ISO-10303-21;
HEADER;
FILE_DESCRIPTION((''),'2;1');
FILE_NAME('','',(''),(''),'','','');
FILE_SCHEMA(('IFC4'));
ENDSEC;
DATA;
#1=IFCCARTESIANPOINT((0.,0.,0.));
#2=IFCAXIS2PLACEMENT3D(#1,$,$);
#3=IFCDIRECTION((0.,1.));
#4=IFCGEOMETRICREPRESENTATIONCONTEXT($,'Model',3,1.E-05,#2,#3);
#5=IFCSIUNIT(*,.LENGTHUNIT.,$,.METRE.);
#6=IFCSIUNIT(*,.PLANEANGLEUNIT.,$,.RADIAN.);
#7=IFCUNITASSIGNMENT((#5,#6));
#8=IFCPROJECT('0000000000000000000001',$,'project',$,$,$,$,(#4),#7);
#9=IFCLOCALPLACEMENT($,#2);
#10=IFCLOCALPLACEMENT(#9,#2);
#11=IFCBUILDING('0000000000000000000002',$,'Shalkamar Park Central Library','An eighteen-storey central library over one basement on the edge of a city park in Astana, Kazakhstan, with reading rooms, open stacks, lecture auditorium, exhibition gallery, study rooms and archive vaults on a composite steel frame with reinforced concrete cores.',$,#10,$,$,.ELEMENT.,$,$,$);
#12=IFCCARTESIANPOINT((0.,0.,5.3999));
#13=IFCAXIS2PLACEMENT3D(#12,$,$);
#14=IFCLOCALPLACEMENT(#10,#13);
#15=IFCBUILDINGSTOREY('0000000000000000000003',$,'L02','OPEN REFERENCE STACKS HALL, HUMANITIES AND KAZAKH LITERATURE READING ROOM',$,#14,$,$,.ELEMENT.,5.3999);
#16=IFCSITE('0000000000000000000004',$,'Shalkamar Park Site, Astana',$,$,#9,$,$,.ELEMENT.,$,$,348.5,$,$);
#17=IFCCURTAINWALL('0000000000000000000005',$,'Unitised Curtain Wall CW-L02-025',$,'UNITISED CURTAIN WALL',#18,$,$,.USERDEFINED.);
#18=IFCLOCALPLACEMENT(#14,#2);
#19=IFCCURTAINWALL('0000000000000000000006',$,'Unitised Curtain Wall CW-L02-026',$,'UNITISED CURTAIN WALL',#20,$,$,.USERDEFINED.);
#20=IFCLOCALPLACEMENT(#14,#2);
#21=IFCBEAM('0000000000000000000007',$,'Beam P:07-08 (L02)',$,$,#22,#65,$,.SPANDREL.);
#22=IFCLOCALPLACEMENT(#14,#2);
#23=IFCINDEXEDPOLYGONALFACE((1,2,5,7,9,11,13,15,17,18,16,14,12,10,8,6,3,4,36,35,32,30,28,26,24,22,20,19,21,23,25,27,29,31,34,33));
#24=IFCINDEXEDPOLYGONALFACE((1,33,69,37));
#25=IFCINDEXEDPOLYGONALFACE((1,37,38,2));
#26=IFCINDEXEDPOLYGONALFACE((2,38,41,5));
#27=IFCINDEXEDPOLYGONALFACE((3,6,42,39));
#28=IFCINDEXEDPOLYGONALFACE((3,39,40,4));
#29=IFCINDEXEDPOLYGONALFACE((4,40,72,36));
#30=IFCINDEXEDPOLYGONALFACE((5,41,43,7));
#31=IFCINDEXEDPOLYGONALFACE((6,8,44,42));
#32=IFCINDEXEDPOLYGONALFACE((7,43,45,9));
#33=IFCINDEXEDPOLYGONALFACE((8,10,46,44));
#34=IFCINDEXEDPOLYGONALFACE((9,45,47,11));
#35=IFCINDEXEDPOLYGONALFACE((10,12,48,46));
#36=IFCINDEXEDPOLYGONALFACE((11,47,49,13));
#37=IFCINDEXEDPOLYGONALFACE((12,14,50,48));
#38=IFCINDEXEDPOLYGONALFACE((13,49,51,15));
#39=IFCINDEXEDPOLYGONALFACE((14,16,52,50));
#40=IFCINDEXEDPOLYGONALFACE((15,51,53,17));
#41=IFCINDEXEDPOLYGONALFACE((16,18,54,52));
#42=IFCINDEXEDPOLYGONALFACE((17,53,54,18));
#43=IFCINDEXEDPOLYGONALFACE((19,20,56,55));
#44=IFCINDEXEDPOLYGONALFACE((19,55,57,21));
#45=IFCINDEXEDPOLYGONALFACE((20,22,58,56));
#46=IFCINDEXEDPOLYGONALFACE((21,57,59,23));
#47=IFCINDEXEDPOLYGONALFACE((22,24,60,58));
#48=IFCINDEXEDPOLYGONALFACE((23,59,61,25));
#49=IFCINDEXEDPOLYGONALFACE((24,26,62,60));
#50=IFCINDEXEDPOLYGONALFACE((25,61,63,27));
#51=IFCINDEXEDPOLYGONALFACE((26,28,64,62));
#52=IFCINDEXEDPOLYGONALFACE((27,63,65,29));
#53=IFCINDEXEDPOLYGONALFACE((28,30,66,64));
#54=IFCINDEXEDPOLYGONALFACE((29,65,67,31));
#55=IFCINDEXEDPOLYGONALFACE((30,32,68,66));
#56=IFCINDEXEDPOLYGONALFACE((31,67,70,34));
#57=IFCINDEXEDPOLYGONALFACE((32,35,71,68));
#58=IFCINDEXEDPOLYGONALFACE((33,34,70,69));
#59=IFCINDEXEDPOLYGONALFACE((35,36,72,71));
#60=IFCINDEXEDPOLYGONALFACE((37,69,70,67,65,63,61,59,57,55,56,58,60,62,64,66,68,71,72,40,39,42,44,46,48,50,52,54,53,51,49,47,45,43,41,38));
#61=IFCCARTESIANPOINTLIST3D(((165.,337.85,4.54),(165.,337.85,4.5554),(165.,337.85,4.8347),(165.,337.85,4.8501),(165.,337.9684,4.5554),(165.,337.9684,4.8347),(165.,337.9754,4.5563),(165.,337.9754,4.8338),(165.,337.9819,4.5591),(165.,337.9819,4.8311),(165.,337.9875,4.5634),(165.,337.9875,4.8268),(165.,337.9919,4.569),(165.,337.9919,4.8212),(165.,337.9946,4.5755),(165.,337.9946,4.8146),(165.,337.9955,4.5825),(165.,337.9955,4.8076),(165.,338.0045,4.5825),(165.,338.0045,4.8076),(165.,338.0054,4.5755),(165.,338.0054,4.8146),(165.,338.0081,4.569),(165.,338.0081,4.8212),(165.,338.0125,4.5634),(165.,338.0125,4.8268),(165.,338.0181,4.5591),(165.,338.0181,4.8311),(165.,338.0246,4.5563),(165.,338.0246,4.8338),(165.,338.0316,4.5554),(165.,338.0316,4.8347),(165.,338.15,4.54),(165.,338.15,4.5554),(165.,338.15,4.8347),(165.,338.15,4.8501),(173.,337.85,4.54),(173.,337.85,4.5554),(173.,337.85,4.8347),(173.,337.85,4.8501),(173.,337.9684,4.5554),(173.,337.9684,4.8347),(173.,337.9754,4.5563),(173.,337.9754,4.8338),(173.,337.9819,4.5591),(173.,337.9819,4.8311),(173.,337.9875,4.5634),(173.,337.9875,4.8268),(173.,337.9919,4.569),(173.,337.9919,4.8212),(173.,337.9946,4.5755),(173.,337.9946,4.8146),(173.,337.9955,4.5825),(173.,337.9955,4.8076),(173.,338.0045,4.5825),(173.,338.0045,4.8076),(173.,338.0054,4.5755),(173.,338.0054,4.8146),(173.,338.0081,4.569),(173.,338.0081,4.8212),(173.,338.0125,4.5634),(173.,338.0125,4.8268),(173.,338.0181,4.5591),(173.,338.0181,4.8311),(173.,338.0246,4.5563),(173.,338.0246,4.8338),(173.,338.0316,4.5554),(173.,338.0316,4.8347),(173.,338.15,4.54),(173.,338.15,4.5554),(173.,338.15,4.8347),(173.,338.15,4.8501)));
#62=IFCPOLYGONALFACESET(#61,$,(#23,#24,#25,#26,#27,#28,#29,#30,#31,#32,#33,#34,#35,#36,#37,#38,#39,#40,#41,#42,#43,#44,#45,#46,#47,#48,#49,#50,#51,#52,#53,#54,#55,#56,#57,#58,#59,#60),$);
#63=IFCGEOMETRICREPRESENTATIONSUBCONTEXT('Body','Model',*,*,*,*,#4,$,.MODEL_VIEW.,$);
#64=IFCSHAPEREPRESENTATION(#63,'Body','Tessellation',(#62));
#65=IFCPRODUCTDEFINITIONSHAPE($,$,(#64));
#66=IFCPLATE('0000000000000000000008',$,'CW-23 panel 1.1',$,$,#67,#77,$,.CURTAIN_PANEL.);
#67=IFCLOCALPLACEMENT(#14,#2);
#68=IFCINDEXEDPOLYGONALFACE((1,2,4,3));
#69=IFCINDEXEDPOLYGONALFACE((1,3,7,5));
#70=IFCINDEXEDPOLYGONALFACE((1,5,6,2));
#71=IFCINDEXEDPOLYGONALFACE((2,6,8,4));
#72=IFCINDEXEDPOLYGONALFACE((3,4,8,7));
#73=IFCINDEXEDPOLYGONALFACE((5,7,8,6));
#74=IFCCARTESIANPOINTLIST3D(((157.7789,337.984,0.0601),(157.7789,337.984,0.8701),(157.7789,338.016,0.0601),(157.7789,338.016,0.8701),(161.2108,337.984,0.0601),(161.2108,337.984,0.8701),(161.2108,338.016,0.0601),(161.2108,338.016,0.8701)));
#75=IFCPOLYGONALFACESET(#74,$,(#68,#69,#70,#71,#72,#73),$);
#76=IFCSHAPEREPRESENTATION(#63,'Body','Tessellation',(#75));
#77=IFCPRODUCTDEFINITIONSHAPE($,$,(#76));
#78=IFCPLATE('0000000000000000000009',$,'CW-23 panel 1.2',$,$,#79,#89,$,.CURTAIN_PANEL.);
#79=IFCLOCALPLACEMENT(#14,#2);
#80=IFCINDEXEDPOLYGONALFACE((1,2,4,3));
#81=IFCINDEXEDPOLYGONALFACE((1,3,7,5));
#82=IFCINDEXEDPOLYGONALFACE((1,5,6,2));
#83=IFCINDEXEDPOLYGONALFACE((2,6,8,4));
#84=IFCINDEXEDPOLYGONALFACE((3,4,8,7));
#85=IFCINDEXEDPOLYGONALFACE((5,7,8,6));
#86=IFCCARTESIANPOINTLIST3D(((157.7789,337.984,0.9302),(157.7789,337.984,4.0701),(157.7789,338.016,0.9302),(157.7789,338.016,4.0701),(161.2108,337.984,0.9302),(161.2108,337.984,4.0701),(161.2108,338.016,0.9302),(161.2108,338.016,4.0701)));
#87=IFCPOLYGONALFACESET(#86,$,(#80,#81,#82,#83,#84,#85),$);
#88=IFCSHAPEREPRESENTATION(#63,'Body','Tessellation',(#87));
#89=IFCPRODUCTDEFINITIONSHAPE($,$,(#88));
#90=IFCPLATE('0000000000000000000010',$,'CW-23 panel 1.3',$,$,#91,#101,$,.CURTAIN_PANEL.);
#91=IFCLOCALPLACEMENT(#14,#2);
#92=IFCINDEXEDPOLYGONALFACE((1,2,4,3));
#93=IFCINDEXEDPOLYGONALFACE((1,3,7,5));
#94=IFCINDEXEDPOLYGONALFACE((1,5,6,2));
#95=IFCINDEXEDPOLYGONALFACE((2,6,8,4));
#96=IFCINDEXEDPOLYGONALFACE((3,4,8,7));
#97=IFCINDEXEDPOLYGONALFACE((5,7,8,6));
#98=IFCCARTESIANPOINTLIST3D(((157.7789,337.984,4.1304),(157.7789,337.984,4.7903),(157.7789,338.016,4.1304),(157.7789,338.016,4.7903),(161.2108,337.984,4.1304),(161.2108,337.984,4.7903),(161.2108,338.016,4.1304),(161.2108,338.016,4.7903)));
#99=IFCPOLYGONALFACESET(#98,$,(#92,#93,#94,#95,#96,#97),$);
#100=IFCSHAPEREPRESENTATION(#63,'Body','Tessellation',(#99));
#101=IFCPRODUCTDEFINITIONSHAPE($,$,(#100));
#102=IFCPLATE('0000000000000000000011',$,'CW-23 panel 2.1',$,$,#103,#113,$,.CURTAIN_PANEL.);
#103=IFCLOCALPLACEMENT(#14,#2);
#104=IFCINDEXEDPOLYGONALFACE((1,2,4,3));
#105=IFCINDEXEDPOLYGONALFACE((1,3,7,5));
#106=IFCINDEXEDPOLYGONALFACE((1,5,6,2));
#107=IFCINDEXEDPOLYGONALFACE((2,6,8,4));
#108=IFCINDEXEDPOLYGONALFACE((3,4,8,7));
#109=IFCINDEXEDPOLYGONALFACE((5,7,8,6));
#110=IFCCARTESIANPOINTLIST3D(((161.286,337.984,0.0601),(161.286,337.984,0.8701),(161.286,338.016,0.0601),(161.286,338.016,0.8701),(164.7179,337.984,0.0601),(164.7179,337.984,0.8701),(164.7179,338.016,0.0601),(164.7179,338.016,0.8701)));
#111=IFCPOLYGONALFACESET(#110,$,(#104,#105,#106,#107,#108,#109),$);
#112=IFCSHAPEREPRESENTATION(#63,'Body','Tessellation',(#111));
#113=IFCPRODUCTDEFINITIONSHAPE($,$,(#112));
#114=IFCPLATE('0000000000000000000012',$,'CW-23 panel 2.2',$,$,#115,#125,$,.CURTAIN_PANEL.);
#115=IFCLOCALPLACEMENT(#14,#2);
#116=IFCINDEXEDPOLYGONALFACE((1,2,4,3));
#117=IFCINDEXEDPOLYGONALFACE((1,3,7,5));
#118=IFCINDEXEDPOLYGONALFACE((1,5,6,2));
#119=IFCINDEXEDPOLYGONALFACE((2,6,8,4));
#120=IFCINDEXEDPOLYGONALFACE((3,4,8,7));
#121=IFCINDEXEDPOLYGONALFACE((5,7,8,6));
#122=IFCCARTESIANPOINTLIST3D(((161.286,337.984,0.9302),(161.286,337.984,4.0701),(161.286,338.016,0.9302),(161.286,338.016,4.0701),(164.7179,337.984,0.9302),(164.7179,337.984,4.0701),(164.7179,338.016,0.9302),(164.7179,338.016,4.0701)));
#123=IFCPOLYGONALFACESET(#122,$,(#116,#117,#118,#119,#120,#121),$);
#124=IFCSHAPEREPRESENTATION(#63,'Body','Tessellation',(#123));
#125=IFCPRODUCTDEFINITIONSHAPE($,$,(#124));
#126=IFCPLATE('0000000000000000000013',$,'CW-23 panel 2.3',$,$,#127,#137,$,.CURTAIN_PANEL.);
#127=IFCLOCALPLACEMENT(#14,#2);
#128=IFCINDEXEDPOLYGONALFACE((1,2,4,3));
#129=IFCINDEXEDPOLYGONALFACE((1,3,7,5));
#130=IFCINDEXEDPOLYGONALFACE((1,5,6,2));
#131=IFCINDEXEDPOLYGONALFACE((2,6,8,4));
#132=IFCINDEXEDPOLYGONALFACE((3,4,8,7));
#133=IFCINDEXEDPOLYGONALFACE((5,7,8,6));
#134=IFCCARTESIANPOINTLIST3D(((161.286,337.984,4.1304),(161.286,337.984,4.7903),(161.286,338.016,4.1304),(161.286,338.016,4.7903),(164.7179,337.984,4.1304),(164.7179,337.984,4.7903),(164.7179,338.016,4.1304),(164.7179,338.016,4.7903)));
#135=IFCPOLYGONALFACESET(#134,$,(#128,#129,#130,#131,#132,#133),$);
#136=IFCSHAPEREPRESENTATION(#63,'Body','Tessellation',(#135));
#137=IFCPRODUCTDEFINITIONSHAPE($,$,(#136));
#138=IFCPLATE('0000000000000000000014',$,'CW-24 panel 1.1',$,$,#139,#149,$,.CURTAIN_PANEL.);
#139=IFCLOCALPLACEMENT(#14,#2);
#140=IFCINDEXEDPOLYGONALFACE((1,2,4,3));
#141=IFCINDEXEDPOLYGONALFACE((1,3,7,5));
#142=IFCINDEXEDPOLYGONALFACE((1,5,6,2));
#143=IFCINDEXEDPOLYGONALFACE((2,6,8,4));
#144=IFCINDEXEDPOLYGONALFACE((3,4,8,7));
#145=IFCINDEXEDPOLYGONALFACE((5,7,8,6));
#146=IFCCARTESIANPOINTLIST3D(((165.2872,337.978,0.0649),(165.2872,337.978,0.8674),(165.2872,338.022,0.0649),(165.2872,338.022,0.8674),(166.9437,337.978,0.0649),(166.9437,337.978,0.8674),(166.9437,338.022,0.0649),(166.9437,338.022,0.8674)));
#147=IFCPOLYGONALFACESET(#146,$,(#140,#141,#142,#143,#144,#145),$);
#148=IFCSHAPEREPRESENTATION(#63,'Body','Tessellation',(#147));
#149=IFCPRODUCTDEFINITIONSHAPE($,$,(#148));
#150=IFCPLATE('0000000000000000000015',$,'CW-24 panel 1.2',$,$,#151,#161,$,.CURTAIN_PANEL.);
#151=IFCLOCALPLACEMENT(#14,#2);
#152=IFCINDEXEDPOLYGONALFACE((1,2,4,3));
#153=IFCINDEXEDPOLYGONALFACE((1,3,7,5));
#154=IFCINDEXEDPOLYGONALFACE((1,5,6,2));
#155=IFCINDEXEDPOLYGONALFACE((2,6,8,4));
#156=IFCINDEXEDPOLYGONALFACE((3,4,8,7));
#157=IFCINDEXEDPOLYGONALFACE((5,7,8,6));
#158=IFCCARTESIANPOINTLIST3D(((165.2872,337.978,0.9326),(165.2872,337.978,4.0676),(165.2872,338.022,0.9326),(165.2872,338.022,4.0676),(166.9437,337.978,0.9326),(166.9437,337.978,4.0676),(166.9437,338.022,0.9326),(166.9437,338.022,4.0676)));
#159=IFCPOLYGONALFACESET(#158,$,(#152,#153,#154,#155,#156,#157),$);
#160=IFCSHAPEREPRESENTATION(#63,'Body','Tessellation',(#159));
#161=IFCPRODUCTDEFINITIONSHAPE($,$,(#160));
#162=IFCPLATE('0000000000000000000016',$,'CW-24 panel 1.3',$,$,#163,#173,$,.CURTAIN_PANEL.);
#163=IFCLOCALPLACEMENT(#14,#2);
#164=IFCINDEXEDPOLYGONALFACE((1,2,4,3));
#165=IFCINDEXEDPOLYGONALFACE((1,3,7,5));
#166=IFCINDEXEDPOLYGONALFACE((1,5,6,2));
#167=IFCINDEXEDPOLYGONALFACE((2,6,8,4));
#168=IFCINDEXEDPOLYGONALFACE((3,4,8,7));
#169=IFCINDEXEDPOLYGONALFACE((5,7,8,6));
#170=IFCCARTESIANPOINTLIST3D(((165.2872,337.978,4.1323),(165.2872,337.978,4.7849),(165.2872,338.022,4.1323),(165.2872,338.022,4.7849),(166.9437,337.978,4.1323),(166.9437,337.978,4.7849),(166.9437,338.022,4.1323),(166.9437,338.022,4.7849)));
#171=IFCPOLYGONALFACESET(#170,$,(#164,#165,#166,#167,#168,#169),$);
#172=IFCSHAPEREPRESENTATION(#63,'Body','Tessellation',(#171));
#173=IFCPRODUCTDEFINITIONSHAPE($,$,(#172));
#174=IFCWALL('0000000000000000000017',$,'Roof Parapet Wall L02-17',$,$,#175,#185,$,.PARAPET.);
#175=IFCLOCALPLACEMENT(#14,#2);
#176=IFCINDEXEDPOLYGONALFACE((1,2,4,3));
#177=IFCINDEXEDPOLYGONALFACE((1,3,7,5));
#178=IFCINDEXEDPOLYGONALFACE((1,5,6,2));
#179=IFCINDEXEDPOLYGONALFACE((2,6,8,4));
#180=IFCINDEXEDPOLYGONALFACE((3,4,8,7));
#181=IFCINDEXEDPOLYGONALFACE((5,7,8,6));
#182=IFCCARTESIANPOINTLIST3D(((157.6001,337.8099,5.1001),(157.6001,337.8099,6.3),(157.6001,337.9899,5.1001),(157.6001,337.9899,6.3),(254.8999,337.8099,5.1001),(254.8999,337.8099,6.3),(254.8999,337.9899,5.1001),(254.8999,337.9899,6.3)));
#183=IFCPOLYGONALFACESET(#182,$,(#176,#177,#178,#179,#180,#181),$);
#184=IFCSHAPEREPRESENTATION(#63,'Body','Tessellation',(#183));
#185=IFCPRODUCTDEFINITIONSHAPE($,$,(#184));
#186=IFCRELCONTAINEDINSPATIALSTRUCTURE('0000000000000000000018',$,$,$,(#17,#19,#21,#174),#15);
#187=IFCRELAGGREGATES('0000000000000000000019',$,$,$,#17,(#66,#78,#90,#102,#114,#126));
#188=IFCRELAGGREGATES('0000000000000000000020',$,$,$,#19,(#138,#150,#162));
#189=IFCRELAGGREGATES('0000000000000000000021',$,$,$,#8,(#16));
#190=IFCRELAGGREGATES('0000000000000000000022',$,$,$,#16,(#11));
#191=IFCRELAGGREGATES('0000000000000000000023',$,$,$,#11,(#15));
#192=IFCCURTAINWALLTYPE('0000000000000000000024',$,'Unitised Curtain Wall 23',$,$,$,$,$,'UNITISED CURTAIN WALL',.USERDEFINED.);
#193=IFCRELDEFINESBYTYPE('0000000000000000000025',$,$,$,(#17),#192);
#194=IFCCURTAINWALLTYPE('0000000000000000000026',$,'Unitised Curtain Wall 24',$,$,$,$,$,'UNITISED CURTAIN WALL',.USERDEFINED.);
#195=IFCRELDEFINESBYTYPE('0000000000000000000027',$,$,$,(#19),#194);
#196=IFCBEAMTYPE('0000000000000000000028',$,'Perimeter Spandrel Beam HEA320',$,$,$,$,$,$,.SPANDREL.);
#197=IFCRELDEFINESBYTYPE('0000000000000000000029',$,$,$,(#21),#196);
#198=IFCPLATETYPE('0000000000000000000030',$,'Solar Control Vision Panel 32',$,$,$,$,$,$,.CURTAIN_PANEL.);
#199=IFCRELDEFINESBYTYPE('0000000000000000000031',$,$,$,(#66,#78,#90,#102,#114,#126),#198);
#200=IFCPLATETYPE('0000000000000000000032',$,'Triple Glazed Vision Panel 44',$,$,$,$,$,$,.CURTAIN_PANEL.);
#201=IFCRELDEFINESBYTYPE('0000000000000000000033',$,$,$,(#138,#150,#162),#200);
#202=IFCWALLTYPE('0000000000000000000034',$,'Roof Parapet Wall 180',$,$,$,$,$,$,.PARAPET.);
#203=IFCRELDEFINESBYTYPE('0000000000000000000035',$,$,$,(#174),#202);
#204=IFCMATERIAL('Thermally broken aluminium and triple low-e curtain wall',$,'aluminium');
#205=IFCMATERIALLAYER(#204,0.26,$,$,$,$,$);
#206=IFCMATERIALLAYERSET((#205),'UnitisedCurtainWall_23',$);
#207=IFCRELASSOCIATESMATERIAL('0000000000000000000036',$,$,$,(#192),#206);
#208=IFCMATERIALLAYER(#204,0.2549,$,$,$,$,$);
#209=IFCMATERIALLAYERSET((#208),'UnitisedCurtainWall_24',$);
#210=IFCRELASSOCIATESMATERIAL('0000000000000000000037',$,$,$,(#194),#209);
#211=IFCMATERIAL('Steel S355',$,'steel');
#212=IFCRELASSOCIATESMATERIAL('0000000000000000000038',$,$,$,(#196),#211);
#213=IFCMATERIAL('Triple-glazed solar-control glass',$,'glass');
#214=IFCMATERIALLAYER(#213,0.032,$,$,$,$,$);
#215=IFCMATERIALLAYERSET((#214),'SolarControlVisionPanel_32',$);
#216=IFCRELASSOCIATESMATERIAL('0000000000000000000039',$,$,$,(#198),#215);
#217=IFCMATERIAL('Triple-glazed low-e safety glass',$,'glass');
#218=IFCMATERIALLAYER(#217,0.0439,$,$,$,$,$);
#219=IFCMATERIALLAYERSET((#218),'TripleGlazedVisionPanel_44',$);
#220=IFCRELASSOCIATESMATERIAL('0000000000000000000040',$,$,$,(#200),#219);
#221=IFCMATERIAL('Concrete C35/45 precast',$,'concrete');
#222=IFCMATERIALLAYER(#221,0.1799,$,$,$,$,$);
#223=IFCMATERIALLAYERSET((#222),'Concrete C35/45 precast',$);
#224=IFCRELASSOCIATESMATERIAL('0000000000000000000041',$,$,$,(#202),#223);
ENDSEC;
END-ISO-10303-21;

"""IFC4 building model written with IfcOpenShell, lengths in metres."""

from ifc_helpers import new_model, si_unit, direction, frame, frame_2d, origin, origin_2d, place, context, subcontext, project, spatial, rectangle, i_section, extrude, material, layer, layer_set, material_profile, profile_set, type_object, element, aggregate, save


model = new_model("IFC4")

# Units and contexts
model_context = context("Model", 3, precision=1e-05, world=origin(), true_north=direction((0.0, 1.0)))
body_context = subcontext(model_context, "Body", "Model", "MODEL_VIEW")
ifc_project = project(units=[si_unit("LENGTHUNIT", "METRE"), si_unit("PLANEANGLEUNIT", "RADIAN")], contexts=[model_context])

# Site, building, storey
site_placement = place(None, origin())
site = spatial("IfcSite", under=ifc_project, at=site_placement, Name="Shalkamar Park Site, Astana", CompositionType="ELEMENT", RefElevation=348.5)
building_placement = place(site_placement, origin())
building = spatial("IfcBuilding", under=site, at=building_placement, Name="Shalkamar Park Central Library", Description="An eighteen-storey central library over one basement on the edge of a city park in Astana, Kazakhstan, with reading rooms, open stacks, lecture auditorium, exhibition gallery, study rooms and archive vaults on a composite steel frame with reinforced concrete cores.", CompositionType="ELEMENT")
storey_placement = place(building_placement, frame((0.0, 0.0, 5.3999)))
storey = spatial("IfcBuildingStorey", under=building, at=storey_placement, Name="L02", Description="OPEN REFERENCE STACKS HALL, HUMANITIES AND KAZAKH LITERATURE READING ROOM", CompositionType="ELEMENT", Elevation=5.3999)

# Shared definitions
ifc_material_1 = material(Name="Steel S355", Category="steel")

# Curtain wall
ifc_material_2 = material(Name="Thermally broken aluminium and triple low-e curtain wall", Category="aluminium")
ifc_layer_1 = layer(ifc_material_2, 0.26)
ifc_layer_set_1 = layer_set([ifc_layer_1], Name="UnitisedCurtainWall_23")
curtain_wall_type_1 = type_object("IfcCurtainWallType", Name="Unitised Curtain Wall 23", ElementType="UNITISED CURTAIN WALL", PredefinedType="USERDEFINED", material=ifc_layer_set_1)
curtain_wall_1_placement = place(storey_placement, origin())
curtain_wall_1 = element("IfcCurtainWall", 1, at=curtain_wall_1_placement, inside=storey, type_object=curtain_wall_type_1, Name="Unitised Curtain Wall CW-L02-025", ObjectType="UNITISED CURTAIN WALL", PredefinedType="USERDEFINED")

# Curtain wall
ifc_layer_2 = layer(ifc_material_2, 0.2549)
ifc_layer_set_2 = layer_set([ifc_layer_2], Name="UnitisedCurtainWall_24")
curtain_wall_type_2 = type_object("IfcCurtainWallType", Name="Unitised Curtain Wall 24", ElementType="UNITISED CURTAIN WALL", PredefinedType="USERDEFINED", material=ifc_layer_set_2)
curtain_wall_2_placement = place(storey_placement, origin())
curtain_wall_2 = element("IfcCurtainWall", 2, at=curtain_wall_2_placement, inside=storey, type_object=curtain_wall_type_2, Name="Unitised Curtain Wall CW-L02-026", ObjectType="UNITISED CURTAIN WALL", PredefinedType="USERDEFINED")

# Beam
ifc_material_profile_1 = material_profile(ifc_material_1, i_section(OverallWidth=0.3, OverallDepth=0.3101, WebThickness=0.009, FlangeThickness=0.0154, FilletRadius=0.0271, at=origin_2d()), Name="HEA 320")
ifc_profile_set_1 = profile_set([ifc_material_profile_1], Name="Steel S355")
beam_type_1 = type_object("IfcBeamType", Name="Perimeter Spandrel Beam HEA320", PredefinedType="SPANDREL", material=ifc_profile_set_1)
beam_1_placement = place(storey_placement, frame((165.0, 338.0, 4.6951), z_axis=(1.0, 0.0, 0.0), x_axis=(0.0, 1.0, 0.0)))
element("IfcBeam", 3, at=beam_1_placement, inside=storey, type_object=beam_type_1, Name="Beam P:07-08 (L02)", PredefinedType="SPANDREL", context=body_context, shape_type="SweptSolid", body=[
    extrude(i_section(OverallWidth=0.3, OverallDepth=0.3101, WebThickness=0.009, FlangeThickness=0.0154, FilletRadius=0.0271, at=origin_2d()), origin(), (0.0, 0.0, 1.0), 8.0),
])

# Plates
ifc_material_3 = material(Name="Triple-glazed solar-control glass", Category="glass")
ifc_layer_3 = layer(ifc_material_3, 0.032)
ifc_layer_set_3 = layer_set([ifc_layer_3], Name="SolarControlVisionPanel_32")
plate_type_1 = type_object("IfcPlateType", Name="Solar Control Vision Panel 32", PredefinedType="CURTAIN_PANEL", material=ifc_layer_set_3)
plate_1_placement = place(storey_placement, frame((159.4949, 338.0, 0.0601), z_axis=(0.0, 0.0, 1.0), x_axis=(1.0, 0.0, 0.0)))
plate_1 = element("IfcPlate", 4, at=plate_1_placement, type_object=plate_type_1, Name="CW-23 panel 1.1", PredefinedType="CURTAIN_PANEL", context=body_context, shape_type="SweptSolid", body=[
    extrude(rectangle(XDim=3.4319, YDim=0.032, at=origin_2d()), origin(), (0.0, 0.0, 1.0), 0.8101),
])
plate_2_placement = place(storey_placement, frame((159.4949, 338.0, 0.9302), z_axis=(0.0, 0.0, 1.0), x_axis=(1.0, 0.0, 0.0)))
plate_2 = element("IfcPlate", 5, at=plate_2_placement, type_object=plate_type_1, Name="CW-23 panel 1.2", PredefinedType="CURTAIN_PANEL", context=body_context, shape_type="SweptSolid", body=[
    extrude(rectangle(XDim=3.4319, YDim=0.032, at=origin_2d()), origin(), (0.0, 0.0, 1.0), 3.1399),
])
plate_3_placement = place(storey_placement, frame((159.4949, 338.0, 4.1304), z_axis=(0.0, 0.0, 1.0), x_axis=(1.0, 0.0, 0.0)))
plate_3 = element("IfcPlate", 6, at=plate_3_placement, type_object=plate_type_1, Name="CW-23 panel 1.3", PredefinedType="CURTAIN_PANEL", context=body_context, shape_type="SweptSolid", body=[
    extrude(rectangle(XDim=3.4319, YDim=0.032, at=origin_2d()), origin(), (0.0, 0.0, 1.0), 0.6599),
])
plate_4_placement = place(storey_placement, frame((163.002, 338.0, 0.0601), z_axis=(0.0, 0.0, 1.0), x_axis=(1.0, 0.0, 0.0)))
plate_4 = element("IfcPlate", 7, at=plate_4_placement, type_object=plate_type_1, Name="CW-23 panel 2.1", PredefinedType="CURTAIN_PANEL", context=body_context, shape_type="SweptSolid", body=[
    extrude(rectangle(XDim=3.4319, YDim=0.032, at=origin_2d()), origin(), (0.0, 0.0, 1.0), 0.8101),
])
plate_5_placement = place(storey_placement, frame((163.002, 338.0, 0.9302), z_axis=(0.0, 0.0, 1.0), x_axis=(1.0, 0.0, 0.0)))
plate_5 = element("IfcPlate", 8, at=plate_5_placement, type_object=plate_type_1, Name="CW-23 panel 2.2", PredefinedType="CURTAIN_PANEL", context=body_context, shape_type="SweptSolid", body=[
    extrude(rectangle(XDim=3.4319, YDim=0.032, at=origin_2d()), origin(), (0.0, 0.0, 1.0), 3.1399),
])
plate_6_placement = place(storey_placement, frame((163.002, 338.0, 4.1304), z_axis=(0.0, 0.0, 1.0), x_axis=(1.0, 0.0, 0.0)))
plate_6 = element("IfcPlate", 9, at=plate_6_placement, type_object=plate_type_1, Name="CW-23 panel 2.3", PredefinedType="CURTAIN_PANEL", context=body_context, shape_type="SweptSolid", body=[
    extrude(rectangle(XDim=3.4319, YDim=0.032, at=origin_2d()), origin(), (0.0, 0.0, 1.0), 0.6599),
])
aggregate(curtain_wall_1, [plate_1, plate_2, plate_3, plate_4, plate_5, plate_6])
ifc_material_4 = material(Name="Triple-glazed low-e safety glass", Category="glass")
ifc_layer_4 = layer(ifc_material_4, 0.0439)
ifc_layer_set_4 = layer_set([ifc_layer_4], Name="TripleGlazedVisionPanel_44")
plate_type_2 = type_object("IfcPlateType", Name="Triple Glazed Vision Panel 44", PredefinedType="CURTAIN_PANEL", material=ifc_layer_set_4)
plate_7_placement = place(storey_placement, frame((166.1155, 338.0, 0.0649), z_axis=(0.0, 0.0, 1.0), x_axis=(1.0, 0.0, 0.0)))
plate_7 = element("IfcPlate", 10, at=plate_7_placement, type_object=plate_type_2, Name="CW-24 panel 1.1", PredefinedType="CURTAIN_PANEL", context=body_context, shape_type="SweptSolid", body=[
    extrude(rectangle(XDim=1.6565, YDim=0.0439, at=origin_2d()), origin(), (0.0, 0.0, 1.0), 0.8025),
])
plate_8_placement = place(storey_placement, frame((166.1155, 338.0, 0.9326), z_axis=(0.0, 0.0, 1.0), x_axis=(1.0, 0.0, 0.0)))
plate_8 = element("IfcPlate", 11, at=plate_8_placement, type_object=plate_type_2, Name="CW-24 panel 1.2", PredefinedType="CURTAIN_PANEL", context=body_context, shape_type="SweptSolid", body=[
    extrude(rectangle(XDim=1.6565, YDim=0.0439, at=origin_2d()), origin(), (0.0, 0.0, 1.0), 3.135),
])
plate_9_placement = place(storey_placement, frame((166.1155, 338.0, 4.1323), z_axis=(0.0, 0.0, 1.0), x_axis=(1.0, 0.0, 0.0)))
plate_9 = element("IfcPlate", 12, at=plate_9_placement, type_object=plate_type_2, Name="CW-24 panel 1.3", PredefinedType="CURTAIN_PANEL", context=body_context, shape_type="SweptSolid", body=[
    extrude(rectangle(XDim=1.6565, YDim=0.0439, at=origin_2d()), origin(), (0.0, 0.0, 1.0), 0.6526),
])
aggregate(curtain_wall_2, [plate_7, plate_8, plate_9])

# Wall
ifc_material_5 = material(Name="Concrete C35/45 precast", Category="concrete")
ifc_layer_5 = layer(ifc_material_5, 0.1799)
ifc_layer_set_5 = layer_set([ifc_layer_5], Name="Concrete C35/45 precast")
wall_type = type_object("IfcWallType", Name="Roof Parapet Wall 180", PredefinedType="PARAPET", material=ifc_layer_set_5)
wall_placement = place(storey_placement, frame((157.6001, 337.8999, 5.1001), z_axis=(0.0, 0.0, 1.0), x_axis=(1.0, 0.0, 0.0)))
element("IfcWall", 13, at=wall_placement, inside=storey, type_object=wall_type, Name="Roof Parapet Wall L02-17", PredefinedType="PARAPET", context=body_context, shape_type="SweptSolid", body=[
    extrude(rectangle(XDim=97.2998, YDim=0.1799, at=frame_2d((48.6499, 0.0))), origin(), (0.0, 0.0, 1.0), 1.2),
])

save(model, "model.ifc")
